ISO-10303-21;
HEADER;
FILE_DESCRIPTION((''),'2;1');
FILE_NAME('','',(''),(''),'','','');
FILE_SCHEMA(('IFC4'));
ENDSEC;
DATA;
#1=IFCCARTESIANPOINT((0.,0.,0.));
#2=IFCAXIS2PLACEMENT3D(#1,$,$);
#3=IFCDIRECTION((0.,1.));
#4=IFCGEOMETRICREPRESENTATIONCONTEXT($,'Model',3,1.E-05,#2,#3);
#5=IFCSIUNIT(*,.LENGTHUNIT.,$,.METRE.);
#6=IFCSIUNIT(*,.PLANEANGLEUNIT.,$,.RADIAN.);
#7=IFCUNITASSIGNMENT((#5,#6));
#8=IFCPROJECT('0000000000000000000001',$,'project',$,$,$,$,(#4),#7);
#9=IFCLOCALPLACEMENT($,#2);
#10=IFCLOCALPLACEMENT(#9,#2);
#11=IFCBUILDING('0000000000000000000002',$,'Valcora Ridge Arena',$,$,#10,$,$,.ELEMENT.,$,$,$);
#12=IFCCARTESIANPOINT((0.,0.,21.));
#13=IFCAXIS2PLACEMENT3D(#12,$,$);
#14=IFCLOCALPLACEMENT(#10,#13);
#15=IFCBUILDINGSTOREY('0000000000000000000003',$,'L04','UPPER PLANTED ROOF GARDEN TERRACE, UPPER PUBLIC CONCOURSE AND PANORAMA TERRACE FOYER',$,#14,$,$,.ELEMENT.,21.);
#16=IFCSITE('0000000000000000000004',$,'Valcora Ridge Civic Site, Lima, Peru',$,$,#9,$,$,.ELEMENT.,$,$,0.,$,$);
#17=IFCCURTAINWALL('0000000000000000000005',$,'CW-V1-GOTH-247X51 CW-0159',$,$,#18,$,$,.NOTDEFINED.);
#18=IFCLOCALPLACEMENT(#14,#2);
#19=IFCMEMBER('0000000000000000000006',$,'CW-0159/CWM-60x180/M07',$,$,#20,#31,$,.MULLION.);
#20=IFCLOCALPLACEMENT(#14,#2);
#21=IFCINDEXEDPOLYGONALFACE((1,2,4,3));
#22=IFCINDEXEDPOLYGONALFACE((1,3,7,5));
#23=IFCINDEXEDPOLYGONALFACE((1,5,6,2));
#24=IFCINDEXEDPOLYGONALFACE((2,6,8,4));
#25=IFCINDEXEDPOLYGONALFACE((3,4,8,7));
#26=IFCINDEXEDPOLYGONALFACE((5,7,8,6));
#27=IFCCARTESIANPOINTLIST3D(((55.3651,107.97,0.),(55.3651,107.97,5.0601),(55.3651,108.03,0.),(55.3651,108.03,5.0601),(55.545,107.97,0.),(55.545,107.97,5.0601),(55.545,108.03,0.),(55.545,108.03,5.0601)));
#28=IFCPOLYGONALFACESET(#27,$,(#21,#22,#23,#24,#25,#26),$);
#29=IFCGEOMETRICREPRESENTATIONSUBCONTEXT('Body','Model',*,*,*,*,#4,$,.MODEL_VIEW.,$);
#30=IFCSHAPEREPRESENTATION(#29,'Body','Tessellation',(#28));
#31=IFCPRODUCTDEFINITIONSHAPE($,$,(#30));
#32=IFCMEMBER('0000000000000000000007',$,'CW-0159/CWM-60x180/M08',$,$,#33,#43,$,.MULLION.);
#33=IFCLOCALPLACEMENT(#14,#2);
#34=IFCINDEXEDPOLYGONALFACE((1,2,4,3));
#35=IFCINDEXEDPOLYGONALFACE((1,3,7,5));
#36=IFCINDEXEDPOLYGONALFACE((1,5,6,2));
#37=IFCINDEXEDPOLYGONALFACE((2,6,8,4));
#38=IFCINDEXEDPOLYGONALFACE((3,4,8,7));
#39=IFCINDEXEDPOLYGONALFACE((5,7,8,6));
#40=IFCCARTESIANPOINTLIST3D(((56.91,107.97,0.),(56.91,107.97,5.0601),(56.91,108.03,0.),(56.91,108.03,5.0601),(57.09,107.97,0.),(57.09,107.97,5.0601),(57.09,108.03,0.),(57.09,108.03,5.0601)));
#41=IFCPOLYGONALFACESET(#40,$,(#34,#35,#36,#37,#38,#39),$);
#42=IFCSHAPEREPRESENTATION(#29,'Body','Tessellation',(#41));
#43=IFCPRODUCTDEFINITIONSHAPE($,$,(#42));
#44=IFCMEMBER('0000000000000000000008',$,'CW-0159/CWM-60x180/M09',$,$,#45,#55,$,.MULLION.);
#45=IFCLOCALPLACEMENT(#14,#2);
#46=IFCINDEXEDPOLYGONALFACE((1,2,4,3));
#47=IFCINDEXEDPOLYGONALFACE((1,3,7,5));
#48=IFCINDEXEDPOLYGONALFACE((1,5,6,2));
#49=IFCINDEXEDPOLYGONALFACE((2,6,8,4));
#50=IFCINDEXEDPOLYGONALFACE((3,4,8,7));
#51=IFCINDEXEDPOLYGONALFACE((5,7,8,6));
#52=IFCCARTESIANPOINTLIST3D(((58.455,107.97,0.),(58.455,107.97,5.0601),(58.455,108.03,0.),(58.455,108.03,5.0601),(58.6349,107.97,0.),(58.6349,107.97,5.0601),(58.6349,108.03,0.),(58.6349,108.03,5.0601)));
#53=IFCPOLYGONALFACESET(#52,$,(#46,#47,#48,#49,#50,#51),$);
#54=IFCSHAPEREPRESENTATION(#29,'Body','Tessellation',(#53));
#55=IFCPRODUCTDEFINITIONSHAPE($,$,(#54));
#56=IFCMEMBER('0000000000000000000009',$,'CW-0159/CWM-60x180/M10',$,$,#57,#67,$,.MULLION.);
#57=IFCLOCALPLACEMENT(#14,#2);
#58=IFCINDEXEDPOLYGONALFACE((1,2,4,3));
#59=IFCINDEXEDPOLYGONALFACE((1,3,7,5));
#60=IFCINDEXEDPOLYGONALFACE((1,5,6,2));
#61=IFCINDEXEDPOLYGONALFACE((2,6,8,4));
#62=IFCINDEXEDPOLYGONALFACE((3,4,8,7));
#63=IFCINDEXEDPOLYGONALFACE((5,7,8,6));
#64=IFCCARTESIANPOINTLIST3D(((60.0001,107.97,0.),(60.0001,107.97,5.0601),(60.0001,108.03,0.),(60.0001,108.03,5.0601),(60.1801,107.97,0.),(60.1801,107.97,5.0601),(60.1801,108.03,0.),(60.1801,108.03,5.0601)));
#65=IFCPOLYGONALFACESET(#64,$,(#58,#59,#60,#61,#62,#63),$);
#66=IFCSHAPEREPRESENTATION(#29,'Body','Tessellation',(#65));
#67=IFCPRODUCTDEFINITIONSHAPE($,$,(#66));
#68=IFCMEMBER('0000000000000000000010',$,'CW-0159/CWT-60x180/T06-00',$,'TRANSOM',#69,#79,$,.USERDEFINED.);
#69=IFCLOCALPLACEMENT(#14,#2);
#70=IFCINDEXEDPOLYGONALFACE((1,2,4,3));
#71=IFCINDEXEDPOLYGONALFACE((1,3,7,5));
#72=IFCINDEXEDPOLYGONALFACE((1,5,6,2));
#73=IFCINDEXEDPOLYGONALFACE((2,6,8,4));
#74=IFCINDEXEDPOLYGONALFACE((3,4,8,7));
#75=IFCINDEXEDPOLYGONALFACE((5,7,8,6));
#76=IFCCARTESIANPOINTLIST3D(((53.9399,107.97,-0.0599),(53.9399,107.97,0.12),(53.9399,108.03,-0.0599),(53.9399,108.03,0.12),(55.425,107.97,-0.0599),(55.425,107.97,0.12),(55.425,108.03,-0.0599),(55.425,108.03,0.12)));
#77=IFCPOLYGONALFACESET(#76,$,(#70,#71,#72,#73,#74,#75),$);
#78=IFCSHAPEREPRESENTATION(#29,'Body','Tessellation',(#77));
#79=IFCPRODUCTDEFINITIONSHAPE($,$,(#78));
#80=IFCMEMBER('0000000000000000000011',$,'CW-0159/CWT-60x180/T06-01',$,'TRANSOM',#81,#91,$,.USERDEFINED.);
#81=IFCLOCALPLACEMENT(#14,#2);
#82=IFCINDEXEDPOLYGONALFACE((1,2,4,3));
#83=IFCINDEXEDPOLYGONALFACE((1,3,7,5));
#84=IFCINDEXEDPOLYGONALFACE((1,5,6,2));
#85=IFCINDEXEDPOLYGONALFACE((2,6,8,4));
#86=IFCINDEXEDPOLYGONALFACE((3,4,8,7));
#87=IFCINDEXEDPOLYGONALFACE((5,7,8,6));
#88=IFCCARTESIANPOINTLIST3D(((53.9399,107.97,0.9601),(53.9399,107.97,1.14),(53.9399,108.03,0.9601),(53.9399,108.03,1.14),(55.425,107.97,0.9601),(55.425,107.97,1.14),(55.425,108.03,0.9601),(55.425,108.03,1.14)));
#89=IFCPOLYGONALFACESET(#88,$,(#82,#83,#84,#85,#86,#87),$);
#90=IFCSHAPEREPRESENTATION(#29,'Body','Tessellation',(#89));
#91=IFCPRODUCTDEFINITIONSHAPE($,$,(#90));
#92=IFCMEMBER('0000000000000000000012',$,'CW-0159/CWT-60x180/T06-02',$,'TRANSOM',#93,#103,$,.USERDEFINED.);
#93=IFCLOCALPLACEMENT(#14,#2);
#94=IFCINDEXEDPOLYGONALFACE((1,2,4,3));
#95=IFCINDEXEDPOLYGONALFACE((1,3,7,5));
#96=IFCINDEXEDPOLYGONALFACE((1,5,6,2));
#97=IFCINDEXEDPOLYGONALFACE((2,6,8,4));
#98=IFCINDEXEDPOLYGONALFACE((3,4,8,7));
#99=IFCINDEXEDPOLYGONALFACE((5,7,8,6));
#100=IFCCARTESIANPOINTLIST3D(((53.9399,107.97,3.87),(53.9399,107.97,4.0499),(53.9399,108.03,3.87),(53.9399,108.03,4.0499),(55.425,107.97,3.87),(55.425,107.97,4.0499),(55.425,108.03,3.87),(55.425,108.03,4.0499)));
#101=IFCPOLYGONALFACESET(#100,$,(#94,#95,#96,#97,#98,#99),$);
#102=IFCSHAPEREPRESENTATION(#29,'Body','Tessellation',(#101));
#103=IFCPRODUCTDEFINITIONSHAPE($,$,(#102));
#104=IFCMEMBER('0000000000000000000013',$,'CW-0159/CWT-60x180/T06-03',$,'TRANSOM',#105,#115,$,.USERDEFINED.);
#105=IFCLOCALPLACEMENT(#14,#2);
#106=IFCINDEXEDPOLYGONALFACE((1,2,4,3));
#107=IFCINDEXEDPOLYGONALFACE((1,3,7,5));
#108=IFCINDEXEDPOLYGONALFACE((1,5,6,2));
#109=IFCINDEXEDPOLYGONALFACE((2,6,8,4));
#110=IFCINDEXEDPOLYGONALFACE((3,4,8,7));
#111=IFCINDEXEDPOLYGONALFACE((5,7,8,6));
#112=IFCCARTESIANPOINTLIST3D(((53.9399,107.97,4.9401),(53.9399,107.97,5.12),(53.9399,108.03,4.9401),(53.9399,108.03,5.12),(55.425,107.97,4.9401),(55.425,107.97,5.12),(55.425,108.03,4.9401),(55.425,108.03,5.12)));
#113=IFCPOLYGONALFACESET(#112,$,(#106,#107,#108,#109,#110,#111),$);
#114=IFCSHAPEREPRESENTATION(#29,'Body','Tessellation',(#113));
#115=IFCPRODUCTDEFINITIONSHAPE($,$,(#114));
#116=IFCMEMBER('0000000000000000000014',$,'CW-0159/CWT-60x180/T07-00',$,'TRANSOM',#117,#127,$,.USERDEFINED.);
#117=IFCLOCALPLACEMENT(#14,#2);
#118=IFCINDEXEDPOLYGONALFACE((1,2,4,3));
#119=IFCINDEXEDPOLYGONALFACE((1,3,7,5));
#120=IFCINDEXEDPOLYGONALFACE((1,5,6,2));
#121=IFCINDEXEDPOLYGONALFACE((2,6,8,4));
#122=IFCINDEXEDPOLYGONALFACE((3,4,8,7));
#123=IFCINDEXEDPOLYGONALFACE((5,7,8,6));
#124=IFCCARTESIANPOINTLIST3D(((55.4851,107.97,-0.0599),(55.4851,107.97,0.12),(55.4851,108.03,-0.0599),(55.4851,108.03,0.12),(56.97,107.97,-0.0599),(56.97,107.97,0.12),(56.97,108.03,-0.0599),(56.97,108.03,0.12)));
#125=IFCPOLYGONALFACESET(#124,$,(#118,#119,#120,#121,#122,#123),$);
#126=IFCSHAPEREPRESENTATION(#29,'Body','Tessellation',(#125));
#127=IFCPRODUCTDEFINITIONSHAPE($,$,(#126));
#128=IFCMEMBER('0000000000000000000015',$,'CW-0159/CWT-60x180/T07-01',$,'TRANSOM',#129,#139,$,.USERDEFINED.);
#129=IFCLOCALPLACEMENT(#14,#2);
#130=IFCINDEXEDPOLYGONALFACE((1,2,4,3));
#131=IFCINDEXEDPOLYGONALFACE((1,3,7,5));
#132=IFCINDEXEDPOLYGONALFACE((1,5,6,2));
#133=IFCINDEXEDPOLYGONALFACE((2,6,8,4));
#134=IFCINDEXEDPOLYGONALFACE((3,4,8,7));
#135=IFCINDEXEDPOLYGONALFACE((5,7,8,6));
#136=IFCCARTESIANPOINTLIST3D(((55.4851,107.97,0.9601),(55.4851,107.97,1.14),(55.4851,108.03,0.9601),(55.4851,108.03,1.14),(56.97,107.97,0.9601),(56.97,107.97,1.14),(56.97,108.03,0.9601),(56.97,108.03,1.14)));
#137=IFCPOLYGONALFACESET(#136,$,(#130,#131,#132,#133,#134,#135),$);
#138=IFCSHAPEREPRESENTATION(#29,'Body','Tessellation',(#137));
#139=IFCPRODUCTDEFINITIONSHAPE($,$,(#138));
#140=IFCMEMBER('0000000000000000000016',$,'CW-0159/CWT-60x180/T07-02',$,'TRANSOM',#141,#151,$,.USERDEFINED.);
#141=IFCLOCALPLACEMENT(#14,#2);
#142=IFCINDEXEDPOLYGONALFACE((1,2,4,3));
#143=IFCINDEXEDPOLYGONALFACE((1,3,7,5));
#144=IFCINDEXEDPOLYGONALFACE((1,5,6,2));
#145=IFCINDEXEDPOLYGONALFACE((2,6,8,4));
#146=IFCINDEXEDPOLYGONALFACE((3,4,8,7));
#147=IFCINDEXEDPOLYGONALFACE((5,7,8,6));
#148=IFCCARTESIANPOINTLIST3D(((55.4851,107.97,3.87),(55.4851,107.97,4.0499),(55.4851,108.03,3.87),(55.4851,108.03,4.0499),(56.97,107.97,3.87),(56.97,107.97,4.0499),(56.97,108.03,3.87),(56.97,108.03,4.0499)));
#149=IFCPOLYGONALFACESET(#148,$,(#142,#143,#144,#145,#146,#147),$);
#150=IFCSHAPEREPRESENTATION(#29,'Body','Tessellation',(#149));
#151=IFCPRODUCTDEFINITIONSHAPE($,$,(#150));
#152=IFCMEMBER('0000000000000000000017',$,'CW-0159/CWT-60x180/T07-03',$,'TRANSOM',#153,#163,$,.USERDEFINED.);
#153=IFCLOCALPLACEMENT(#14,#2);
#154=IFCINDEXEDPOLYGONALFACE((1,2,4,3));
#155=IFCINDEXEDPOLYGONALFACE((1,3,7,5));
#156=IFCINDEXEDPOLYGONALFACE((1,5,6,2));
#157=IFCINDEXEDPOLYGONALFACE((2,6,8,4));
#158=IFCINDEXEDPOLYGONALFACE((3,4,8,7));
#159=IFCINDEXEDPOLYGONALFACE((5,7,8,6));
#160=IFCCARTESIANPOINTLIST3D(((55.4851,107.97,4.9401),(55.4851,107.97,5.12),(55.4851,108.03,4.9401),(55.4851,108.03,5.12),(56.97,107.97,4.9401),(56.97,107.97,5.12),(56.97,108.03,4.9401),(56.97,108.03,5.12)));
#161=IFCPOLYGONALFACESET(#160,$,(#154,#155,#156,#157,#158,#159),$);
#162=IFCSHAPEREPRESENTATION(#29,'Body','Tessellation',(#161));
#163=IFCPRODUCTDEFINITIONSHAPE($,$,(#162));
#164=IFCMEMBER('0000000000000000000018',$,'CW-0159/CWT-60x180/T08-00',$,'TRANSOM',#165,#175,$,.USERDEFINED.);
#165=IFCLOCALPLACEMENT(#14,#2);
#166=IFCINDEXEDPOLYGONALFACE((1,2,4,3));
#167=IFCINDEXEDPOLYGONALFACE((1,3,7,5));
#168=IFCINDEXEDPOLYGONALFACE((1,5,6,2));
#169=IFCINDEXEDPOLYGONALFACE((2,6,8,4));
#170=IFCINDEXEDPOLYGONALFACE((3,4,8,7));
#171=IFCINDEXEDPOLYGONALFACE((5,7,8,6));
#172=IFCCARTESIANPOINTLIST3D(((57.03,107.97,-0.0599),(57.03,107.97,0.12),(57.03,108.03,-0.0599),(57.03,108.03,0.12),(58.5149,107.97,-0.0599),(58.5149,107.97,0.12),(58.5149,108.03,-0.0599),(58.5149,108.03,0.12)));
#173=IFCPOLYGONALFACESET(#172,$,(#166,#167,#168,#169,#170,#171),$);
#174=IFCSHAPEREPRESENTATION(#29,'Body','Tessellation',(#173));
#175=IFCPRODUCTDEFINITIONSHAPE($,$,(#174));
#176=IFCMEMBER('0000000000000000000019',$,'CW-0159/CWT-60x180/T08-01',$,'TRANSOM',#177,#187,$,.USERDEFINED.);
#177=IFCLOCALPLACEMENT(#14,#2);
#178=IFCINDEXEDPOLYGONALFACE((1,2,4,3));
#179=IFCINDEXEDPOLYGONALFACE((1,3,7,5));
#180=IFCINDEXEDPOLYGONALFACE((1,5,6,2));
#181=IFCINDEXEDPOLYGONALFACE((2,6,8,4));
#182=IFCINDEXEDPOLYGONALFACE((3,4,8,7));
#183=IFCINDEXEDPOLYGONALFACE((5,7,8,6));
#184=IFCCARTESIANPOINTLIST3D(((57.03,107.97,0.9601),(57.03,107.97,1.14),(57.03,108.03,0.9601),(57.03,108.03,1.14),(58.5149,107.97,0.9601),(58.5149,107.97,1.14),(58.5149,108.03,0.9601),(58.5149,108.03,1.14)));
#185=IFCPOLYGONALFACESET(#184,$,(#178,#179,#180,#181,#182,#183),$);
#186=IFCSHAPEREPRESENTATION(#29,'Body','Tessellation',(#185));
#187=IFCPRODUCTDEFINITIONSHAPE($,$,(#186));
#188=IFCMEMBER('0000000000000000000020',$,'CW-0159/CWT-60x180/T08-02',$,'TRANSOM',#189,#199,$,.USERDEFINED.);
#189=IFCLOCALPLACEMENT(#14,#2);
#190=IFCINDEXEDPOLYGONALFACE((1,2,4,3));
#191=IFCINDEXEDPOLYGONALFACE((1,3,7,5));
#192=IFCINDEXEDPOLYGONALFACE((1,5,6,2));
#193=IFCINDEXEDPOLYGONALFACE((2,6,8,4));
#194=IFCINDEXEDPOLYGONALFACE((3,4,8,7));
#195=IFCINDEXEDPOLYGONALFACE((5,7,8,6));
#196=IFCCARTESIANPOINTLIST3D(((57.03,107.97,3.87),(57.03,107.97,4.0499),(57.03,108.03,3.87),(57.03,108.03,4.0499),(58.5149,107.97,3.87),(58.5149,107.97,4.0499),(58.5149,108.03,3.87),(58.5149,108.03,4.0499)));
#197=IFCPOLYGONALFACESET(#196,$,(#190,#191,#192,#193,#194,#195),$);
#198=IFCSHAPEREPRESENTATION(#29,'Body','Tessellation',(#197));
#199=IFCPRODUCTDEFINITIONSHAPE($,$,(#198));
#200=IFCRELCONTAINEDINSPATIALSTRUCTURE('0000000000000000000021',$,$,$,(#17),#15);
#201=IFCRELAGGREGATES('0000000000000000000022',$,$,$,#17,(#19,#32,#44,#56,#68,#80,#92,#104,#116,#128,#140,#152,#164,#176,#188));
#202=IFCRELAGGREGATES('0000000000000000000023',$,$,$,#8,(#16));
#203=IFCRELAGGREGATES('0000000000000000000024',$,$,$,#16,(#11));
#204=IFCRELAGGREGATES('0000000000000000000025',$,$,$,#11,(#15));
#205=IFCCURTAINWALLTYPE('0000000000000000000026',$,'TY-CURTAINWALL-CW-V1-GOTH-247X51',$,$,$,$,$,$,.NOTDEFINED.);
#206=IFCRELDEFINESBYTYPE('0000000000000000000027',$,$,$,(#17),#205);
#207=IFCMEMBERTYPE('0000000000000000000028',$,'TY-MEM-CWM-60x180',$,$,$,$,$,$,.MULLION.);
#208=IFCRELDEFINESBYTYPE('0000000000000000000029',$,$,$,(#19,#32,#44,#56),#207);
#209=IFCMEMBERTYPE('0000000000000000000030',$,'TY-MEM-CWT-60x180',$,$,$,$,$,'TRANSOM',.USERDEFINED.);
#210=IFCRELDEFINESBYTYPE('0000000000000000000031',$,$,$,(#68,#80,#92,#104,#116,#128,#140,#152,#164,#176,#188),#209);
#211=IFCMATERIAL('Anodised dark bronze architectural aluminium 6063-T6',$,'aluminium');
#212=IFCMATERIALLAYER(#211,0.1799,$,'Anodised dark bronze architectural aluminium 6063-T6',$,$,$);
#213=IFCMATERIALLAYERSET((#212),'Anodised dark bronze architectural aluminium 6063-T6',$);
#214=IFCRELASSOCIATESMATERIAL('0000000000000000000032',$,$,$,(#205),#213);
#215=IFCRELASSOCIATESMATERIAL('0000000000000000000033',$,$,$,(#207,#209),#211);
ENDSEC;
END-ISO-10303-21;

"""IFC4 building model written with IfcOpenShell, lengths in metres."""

from ifc_helpers import new_model, si_unit, direction, frame, origin, origin_2d, place, context, subcontext, project, spatial, rectangle, extrude, material, layer, layer_set, material_profile, profile_set, type_object, element, aggregate, save


model = new_model("IFC4")

# Units and contexts
model_context = context("Model", 3, precision=1e-05, world=origin(), true_north=direction((0.0, 1.0)))
body_context = subcontext(model_context, "Body", "Model", "MODEL_VIEW")
ifc_project = project(units=[si_unit("LENGTHUNIT", "METRE"), si_unit("PLANEANGLEUNIT", "RADIAN")], contexts=[model_context])

# Site, building, storey
site_placement = place(None, origin())
site = spatial("IfcSite", under=ifc_project, at=site_placement, Name="Valcora Ridge Civic Site, Lima, Peru", CompositionType="ELEMENT", RefElevation=0.0)
building_placement = place(site_placement, origin())
building = spatial("IfcBuilding", under=site, at=building_placement, Name="Valcora Ridge Arena", CompositionType="ELEMENT")
storey_placement = place(building_placement, frame((0.0, 0.0, 21.0)))
storey = spatial("IfcBuildingStorey", under=building, at=storey_placement, Name="L04", Description="UPPER PLANTED ROOF GARDEN TERRACE, UPPER PUBLIC CONCOURSE AND PANORAMA TERRACE FOYER", CompositionType="ELEMENT", Elevation=21.0)

# Curtain wall, members
ifc_material_1 = material(Name="Anodised dark bronze architectural aluminium 6063-T6", Category="aluminium")
ifc_layer_1 = layer(ifc_material_1, 0.1799, Name="Anodised dark bronze architectural aluminium 6063-T6")
ifc_layer_set_1 = layer_set([ifc_layer_1], Name="Anodised dark bronze architectural aluminium 6063-T6")
curtain_wall_type = type_object("IfcCurtainWallType", Name="TY-CURTAINWALL-CW-V1-GOTH-247X51", PredefinedType="NOTDEFINED", material=ifc_layer_set_1)
curtain_wall_placement = place(storey_placement, origin())
curtain_wall = element("IfcCurtainWall", 1, at=curtain_wall_placement, inside=storey, type_object=curtain_wall_type, Name="CW-V1-GOTH-247X51 CW-0159", PredefinedType="NOTDEFINED")
ifc_material_profile_1 = material_profile(ifc_material_1, rectangle(XDim=0.0601, YDim=0.1799, at=origin_2d()), Name="ALU MULLION 60x180")
ifc_profile_set_1 = profile_set([ifc_material_profile_1], Name="Anodised dark bronze architectural aluminium 6063-T6")
member_type_1 = type_object("IfcMemberType", Name="TY-MEM-CWM-60x180", PredefinedType="MULLION", material=ifc_profile_set_1)
member_1_placement = place(storey_placement, frame((55.4551, 108.0, 0.0), z_axis=(0.0, 0.0, 1.0), x_axis=(0.0, 1.0, 0.0)))
member_1 = element("IfcMember", 2, at=member_1_placement, type_object=member_type_1, Name="CW-0159/CWM-60x180/M07", PredefinedType="MULLION", context=body_context, shape_type="SweptSolid", body=[
    extrude(rectangle(XDim=0.0601, YDim=0.1799, at=origin_2d()), origin(), (0.0, 0.0, 1.0), 5.0601),
])
member_2_placement = place(storey_placement, frame((57.0, 108.0, 0.0), z_axis=(0.0, 0.0, 1.0), x_axis=(0.0, 1.0, 0.0)))
member_2 = element("IfcMember", 3, at=member_2_placement, type_object=member_type_1, Name="CW-0159/CWM-60x180/M08", PredefinedType="MULLION", context=body_context, shape_type="SweptSolid", body=[
    extrude(rectangle(XDim=0.0601, YDim=0.1799, at=origin_2d()), origin(), (0.0, 0.0, 1.0), 5.0601),
])
member_3_placement = place(storey_placement, frame((58.5449, 108.0, 0.0), z_axis=(0.0, 0.0, 1.0), x_axis=(0.0, 1.0, 0.0)))
member_3 = element("IfcMember", 4, at=member_3_placement, type_object=member_type_1, Name="CW-0159/CWM-60x180/M09", PredefinedType="MULLION", context=body_context, shape_type="SweptSolid", body=[
    extrude(rectangle(XDim=0.0601, YDim=0.1799, at=origin_2d()), origin(), (0.0, 0.0, 1.0), 5.0601),
])
member_4_placement = place(storey_placement, frame((60.0901, 108.0, 0.0), z_axis=(0.0, 0.0, 1.0), x_axis=(0.0, 1.0, 0.0)))
member_4 = element("IfcMember", 5, at=member_4_placement, type_object=member_type_1, Name="CW-0159/CWM-60x180/M10", PredefinedType="MULLION", context=body_context, shape_type="SweptSolid", body=[
    extrude(rectangle(XDim=0.0601, YDim=0.1799, at=origin_2d()), origin(), (0.0, 0.0, 1.0), 5.0601),
])
ifc_material_profile_2 = material_profile(ifc_material_1, rectangle(XDim=0.0601, YDim=0.1799, at=origin_2d()), Name="ALU TRANSOM 60x180")
ifc_profile_set_2 = profile_set([ifc_material_profile_2], Name="Anodised dark bronze architectural aluminium 6063-T6")
member_type_2 = type_object("IfcMemberType", Name="TY-MEM-CWT-60x180", ElementType="TRANSOM", PredefinedType="USERDEFINED", material=ifc_profile_set_2)
member_5_placement = place(storey_placement, frame((53.9399, 108.0, 0.03), z_axis=(1.0, 0.0, 0.0), x_axis=(0.0, 1.0, 0.0)))
member_5 = element("IfcMember", 6, at=member_5_placement, type_object=member_type_2, Name="CW-0159/CWT-60x180/T06-00", ObjectType="TRANSOM", PredefinedType="USERDEFINED", context=body_context, shape_type="SweptSolid", body=[
    extrude(rectangle(XDim=0.0601, YDim=0.1799, at=origin_2d()), origin(), (0.0, 0.0, 1.0), 1.4851),
])
member_6_placement = place(storey_placement, frame((53.9399, 108.0, 1.05), z_axis=(1.0, 0.0, 0.0), x_axis=(0.0, 1.0, 0.0)))
member_6 = element("IfcMember", 7, at=member_6_placement, type_object=member_type_2, Name="CW-0159/CWT-60x180/T06-01", ObjectType="TRANSOM", PredefinedType="USERDEFINED", context=body_context, shape_type="SweptSolid", body=[
    extrude(rectangle(XDim=0.0601, YDim=0.1799, at=origin_2d()), origin(), (0.0, 0.0, 1.0), 1.4851),
])
member_7_placement = place(storey_placement, frame((53.9399, 108.0, 3.96), z_axis=(1.0, 0.0, 0.0), x_axis=(0.0, 1.0, 0.0)))
member_7 = element("IfcMember", 8, at=member_7_placement, type_object=member_type_2, Name="CW-0159/CWT-60x180/T06-02", ObjectType="TRANSOM", PredefinedType="USERDEFINED", context=body_context, shape_type="SweptSolid", body=[
    extrude(rectangle(XDim=0.0601, YDim=0.1799, at=origin_2d()), origin(), (0.0, 0.0, 1.0), 1.4851),
])
member_8_placement = place(storey_placement, frame((53.9399, 108.0, 5.03), z_axis=(1.0, 0.0, 0.0), x_axis=(0.0, 1.0, 0.0)))
member_8 = element("IfcMember", 9, at=member_8_placement, type_object=member_type_2, Name="CW-0159/CWT-60x180/T06-03", ObjectType="TRANSOM", PredefinedType="USERDEFINED", context=body_context, shape_type="SweptSolid", body=[
    extrude(rectangle(XDim=0.0601, YDim=0.1799, at=origin_2d()), origin(), (0.0, 0.0, 1.0), 1.4851),
])
member_9_placement = place(storey_placement, frame((55.4851, 108.0, 0.03), z_axis=(1.0, 0.0, 0.0), x_axis=(0.0, 1.0, 0.0)))
member_9 = element("IfcMember", 10, at=member_9_placement, type_object=member_type_2, Name="CW-0159/CWT-60x180/T07-00", ObjectType="TRANSOM", PredefinedType="USERDEFINED", context=body_context, shape_type="SweptSolid", body=[
    extrude(rectangle(XDim=0.0601, YDim=0.1799, at=origin_2d()), origin(), (0.0, 0.0, 1.0), 1.4849),
])
member_10_placement = place(storey_placement, frame((55.4851, 108.0, 1.05), z_axis=(1.0, 0.0, 0.0), x_axis=(0.0, 1.0, 0.0)))
member_10 = element("IfcMember", 11, at=member_10_placement, type_object=member_type_2, Name="CW-0159/CWT-60x180/T07-01", ObjectType="TRANSOM", PredefinedType="USERDEFINED", context=body_context, shape_type="SweptSolid", body=[
    extrude(rectangle(XDim=0.0601, YDim=0.1799, at=origin_2d()), origin(), (0.0, 0.0, 1.0), 1.4849),
])
member_11_placement = place(storey_placement, frame((55.4851, 108.0, 3.96), z_axis=(1.0, 0.0, 0.0), x_axis=(0.0, 1.0, 0.0)))
member_11 = element("IfcMember", 12, at=member_11_placement, type_object=member_type_2, Name="CW-0159/CWT-60x180/T07-02", ObjectType="TRANSOM", PredefinedType="USERDEFINED", context=body_context, shape_type="SweptSolid", body=[
    extrude(rectangle(XDim=0.0601, YDim=0.1799, at=origin_2d()), origin(), (0.0, 0.0, 1.0), 1.4849),
])
member_12_placement = place(storey_placement, frame((55.4851, 108.0, 5.03), z_axis=(1.0, 0.0, 0.0), x_axis=(0.0, 1.0, 0.0)))
member_12 = element("IfcMember", 13, at=member_12_placement, type_object=member_type_2, Name="CW-0159/CWT-60x180/T07-03", ObjectType="TRANSOM", PredefinedType="USERDEFINED", context=body_context, shape_type="SweptSolid", body=[
    extrude(rectangle(XDim=0.0601, YDim=0.1799, at=origin_2d()), origin(), (0.0, 0.0, 1.0), 1.4849),
])
member_13_placement = place(storey_placement, frame((57.03, 108.0, 0.03), z_axis=(1.0, 0.0, 0.0), x_axis=(0.0, 1.0, 0.0)))
member_13 = element("IfcMember", 14, at=member_13_placement, type_object=member_type_2, Name="CW-0159/CWT-60x180/T08-00", ObjectType="TRANSOM", PredefinedType="USERDEFINED", context=body_context, shape_type="SweptSolid", body=[
    extrude(rectangle(XDim=0.0601, YDim=0.1799, at=origin_2d()), origin(), (0.0, 0.0, 1.0), 1.4849),
])
member_14_placement = place(storey_placement, frame((57.03, 108.0, 1.05), z_axis=(1.0, 0.0, 0.0), x_axis=(0.0, 1.0, 0.0)))
member_14 = element("IfcMember", 15, at=member_14_placement, type_object=member_type_2, Name="CW-0159/CWT-60x180/T08-01", ObjectType="TRANSOM", PredefinedType="USERDEFINED", context=body_context, shape_type="SweptSolid", body=[
    extrude(rectangle(XDim=0.0601, YDim=0.1799, at=origin_2d()), origin(), (0.0, 0.0, 1.0), 1.4849),
])
member_15_placement = place(storey_placement, frame((57.03, 108.0, 3.96), z_axis=(1.0, 0.0, 0.0), x_axis=(0.0, 1.0, 0.0)))
member_15 = element("IfcMember", 16, at=member_15_placement, type_object=member_type_2, Name="CW-0159/CWT-60x180/T08-02", ObjectType="TRANSOM", PredefinedType="USERDEFINED", context=body_context, shape_type="SweptSolid", body=[
    extrude(rectangle(XDim=0.0601, YDim=0.1799, at=origin_2d()), origin(), (0.0, 0.0, 1.0), 1.4849),
])
aggregate(curtain_wall, [member_1, member_2, member_3, member_4, member_5, member_6, member_7, member_8, member_9, member_10, member_11, member_12, member_13, member_14, member_15])

save(model, "model.ifc")
